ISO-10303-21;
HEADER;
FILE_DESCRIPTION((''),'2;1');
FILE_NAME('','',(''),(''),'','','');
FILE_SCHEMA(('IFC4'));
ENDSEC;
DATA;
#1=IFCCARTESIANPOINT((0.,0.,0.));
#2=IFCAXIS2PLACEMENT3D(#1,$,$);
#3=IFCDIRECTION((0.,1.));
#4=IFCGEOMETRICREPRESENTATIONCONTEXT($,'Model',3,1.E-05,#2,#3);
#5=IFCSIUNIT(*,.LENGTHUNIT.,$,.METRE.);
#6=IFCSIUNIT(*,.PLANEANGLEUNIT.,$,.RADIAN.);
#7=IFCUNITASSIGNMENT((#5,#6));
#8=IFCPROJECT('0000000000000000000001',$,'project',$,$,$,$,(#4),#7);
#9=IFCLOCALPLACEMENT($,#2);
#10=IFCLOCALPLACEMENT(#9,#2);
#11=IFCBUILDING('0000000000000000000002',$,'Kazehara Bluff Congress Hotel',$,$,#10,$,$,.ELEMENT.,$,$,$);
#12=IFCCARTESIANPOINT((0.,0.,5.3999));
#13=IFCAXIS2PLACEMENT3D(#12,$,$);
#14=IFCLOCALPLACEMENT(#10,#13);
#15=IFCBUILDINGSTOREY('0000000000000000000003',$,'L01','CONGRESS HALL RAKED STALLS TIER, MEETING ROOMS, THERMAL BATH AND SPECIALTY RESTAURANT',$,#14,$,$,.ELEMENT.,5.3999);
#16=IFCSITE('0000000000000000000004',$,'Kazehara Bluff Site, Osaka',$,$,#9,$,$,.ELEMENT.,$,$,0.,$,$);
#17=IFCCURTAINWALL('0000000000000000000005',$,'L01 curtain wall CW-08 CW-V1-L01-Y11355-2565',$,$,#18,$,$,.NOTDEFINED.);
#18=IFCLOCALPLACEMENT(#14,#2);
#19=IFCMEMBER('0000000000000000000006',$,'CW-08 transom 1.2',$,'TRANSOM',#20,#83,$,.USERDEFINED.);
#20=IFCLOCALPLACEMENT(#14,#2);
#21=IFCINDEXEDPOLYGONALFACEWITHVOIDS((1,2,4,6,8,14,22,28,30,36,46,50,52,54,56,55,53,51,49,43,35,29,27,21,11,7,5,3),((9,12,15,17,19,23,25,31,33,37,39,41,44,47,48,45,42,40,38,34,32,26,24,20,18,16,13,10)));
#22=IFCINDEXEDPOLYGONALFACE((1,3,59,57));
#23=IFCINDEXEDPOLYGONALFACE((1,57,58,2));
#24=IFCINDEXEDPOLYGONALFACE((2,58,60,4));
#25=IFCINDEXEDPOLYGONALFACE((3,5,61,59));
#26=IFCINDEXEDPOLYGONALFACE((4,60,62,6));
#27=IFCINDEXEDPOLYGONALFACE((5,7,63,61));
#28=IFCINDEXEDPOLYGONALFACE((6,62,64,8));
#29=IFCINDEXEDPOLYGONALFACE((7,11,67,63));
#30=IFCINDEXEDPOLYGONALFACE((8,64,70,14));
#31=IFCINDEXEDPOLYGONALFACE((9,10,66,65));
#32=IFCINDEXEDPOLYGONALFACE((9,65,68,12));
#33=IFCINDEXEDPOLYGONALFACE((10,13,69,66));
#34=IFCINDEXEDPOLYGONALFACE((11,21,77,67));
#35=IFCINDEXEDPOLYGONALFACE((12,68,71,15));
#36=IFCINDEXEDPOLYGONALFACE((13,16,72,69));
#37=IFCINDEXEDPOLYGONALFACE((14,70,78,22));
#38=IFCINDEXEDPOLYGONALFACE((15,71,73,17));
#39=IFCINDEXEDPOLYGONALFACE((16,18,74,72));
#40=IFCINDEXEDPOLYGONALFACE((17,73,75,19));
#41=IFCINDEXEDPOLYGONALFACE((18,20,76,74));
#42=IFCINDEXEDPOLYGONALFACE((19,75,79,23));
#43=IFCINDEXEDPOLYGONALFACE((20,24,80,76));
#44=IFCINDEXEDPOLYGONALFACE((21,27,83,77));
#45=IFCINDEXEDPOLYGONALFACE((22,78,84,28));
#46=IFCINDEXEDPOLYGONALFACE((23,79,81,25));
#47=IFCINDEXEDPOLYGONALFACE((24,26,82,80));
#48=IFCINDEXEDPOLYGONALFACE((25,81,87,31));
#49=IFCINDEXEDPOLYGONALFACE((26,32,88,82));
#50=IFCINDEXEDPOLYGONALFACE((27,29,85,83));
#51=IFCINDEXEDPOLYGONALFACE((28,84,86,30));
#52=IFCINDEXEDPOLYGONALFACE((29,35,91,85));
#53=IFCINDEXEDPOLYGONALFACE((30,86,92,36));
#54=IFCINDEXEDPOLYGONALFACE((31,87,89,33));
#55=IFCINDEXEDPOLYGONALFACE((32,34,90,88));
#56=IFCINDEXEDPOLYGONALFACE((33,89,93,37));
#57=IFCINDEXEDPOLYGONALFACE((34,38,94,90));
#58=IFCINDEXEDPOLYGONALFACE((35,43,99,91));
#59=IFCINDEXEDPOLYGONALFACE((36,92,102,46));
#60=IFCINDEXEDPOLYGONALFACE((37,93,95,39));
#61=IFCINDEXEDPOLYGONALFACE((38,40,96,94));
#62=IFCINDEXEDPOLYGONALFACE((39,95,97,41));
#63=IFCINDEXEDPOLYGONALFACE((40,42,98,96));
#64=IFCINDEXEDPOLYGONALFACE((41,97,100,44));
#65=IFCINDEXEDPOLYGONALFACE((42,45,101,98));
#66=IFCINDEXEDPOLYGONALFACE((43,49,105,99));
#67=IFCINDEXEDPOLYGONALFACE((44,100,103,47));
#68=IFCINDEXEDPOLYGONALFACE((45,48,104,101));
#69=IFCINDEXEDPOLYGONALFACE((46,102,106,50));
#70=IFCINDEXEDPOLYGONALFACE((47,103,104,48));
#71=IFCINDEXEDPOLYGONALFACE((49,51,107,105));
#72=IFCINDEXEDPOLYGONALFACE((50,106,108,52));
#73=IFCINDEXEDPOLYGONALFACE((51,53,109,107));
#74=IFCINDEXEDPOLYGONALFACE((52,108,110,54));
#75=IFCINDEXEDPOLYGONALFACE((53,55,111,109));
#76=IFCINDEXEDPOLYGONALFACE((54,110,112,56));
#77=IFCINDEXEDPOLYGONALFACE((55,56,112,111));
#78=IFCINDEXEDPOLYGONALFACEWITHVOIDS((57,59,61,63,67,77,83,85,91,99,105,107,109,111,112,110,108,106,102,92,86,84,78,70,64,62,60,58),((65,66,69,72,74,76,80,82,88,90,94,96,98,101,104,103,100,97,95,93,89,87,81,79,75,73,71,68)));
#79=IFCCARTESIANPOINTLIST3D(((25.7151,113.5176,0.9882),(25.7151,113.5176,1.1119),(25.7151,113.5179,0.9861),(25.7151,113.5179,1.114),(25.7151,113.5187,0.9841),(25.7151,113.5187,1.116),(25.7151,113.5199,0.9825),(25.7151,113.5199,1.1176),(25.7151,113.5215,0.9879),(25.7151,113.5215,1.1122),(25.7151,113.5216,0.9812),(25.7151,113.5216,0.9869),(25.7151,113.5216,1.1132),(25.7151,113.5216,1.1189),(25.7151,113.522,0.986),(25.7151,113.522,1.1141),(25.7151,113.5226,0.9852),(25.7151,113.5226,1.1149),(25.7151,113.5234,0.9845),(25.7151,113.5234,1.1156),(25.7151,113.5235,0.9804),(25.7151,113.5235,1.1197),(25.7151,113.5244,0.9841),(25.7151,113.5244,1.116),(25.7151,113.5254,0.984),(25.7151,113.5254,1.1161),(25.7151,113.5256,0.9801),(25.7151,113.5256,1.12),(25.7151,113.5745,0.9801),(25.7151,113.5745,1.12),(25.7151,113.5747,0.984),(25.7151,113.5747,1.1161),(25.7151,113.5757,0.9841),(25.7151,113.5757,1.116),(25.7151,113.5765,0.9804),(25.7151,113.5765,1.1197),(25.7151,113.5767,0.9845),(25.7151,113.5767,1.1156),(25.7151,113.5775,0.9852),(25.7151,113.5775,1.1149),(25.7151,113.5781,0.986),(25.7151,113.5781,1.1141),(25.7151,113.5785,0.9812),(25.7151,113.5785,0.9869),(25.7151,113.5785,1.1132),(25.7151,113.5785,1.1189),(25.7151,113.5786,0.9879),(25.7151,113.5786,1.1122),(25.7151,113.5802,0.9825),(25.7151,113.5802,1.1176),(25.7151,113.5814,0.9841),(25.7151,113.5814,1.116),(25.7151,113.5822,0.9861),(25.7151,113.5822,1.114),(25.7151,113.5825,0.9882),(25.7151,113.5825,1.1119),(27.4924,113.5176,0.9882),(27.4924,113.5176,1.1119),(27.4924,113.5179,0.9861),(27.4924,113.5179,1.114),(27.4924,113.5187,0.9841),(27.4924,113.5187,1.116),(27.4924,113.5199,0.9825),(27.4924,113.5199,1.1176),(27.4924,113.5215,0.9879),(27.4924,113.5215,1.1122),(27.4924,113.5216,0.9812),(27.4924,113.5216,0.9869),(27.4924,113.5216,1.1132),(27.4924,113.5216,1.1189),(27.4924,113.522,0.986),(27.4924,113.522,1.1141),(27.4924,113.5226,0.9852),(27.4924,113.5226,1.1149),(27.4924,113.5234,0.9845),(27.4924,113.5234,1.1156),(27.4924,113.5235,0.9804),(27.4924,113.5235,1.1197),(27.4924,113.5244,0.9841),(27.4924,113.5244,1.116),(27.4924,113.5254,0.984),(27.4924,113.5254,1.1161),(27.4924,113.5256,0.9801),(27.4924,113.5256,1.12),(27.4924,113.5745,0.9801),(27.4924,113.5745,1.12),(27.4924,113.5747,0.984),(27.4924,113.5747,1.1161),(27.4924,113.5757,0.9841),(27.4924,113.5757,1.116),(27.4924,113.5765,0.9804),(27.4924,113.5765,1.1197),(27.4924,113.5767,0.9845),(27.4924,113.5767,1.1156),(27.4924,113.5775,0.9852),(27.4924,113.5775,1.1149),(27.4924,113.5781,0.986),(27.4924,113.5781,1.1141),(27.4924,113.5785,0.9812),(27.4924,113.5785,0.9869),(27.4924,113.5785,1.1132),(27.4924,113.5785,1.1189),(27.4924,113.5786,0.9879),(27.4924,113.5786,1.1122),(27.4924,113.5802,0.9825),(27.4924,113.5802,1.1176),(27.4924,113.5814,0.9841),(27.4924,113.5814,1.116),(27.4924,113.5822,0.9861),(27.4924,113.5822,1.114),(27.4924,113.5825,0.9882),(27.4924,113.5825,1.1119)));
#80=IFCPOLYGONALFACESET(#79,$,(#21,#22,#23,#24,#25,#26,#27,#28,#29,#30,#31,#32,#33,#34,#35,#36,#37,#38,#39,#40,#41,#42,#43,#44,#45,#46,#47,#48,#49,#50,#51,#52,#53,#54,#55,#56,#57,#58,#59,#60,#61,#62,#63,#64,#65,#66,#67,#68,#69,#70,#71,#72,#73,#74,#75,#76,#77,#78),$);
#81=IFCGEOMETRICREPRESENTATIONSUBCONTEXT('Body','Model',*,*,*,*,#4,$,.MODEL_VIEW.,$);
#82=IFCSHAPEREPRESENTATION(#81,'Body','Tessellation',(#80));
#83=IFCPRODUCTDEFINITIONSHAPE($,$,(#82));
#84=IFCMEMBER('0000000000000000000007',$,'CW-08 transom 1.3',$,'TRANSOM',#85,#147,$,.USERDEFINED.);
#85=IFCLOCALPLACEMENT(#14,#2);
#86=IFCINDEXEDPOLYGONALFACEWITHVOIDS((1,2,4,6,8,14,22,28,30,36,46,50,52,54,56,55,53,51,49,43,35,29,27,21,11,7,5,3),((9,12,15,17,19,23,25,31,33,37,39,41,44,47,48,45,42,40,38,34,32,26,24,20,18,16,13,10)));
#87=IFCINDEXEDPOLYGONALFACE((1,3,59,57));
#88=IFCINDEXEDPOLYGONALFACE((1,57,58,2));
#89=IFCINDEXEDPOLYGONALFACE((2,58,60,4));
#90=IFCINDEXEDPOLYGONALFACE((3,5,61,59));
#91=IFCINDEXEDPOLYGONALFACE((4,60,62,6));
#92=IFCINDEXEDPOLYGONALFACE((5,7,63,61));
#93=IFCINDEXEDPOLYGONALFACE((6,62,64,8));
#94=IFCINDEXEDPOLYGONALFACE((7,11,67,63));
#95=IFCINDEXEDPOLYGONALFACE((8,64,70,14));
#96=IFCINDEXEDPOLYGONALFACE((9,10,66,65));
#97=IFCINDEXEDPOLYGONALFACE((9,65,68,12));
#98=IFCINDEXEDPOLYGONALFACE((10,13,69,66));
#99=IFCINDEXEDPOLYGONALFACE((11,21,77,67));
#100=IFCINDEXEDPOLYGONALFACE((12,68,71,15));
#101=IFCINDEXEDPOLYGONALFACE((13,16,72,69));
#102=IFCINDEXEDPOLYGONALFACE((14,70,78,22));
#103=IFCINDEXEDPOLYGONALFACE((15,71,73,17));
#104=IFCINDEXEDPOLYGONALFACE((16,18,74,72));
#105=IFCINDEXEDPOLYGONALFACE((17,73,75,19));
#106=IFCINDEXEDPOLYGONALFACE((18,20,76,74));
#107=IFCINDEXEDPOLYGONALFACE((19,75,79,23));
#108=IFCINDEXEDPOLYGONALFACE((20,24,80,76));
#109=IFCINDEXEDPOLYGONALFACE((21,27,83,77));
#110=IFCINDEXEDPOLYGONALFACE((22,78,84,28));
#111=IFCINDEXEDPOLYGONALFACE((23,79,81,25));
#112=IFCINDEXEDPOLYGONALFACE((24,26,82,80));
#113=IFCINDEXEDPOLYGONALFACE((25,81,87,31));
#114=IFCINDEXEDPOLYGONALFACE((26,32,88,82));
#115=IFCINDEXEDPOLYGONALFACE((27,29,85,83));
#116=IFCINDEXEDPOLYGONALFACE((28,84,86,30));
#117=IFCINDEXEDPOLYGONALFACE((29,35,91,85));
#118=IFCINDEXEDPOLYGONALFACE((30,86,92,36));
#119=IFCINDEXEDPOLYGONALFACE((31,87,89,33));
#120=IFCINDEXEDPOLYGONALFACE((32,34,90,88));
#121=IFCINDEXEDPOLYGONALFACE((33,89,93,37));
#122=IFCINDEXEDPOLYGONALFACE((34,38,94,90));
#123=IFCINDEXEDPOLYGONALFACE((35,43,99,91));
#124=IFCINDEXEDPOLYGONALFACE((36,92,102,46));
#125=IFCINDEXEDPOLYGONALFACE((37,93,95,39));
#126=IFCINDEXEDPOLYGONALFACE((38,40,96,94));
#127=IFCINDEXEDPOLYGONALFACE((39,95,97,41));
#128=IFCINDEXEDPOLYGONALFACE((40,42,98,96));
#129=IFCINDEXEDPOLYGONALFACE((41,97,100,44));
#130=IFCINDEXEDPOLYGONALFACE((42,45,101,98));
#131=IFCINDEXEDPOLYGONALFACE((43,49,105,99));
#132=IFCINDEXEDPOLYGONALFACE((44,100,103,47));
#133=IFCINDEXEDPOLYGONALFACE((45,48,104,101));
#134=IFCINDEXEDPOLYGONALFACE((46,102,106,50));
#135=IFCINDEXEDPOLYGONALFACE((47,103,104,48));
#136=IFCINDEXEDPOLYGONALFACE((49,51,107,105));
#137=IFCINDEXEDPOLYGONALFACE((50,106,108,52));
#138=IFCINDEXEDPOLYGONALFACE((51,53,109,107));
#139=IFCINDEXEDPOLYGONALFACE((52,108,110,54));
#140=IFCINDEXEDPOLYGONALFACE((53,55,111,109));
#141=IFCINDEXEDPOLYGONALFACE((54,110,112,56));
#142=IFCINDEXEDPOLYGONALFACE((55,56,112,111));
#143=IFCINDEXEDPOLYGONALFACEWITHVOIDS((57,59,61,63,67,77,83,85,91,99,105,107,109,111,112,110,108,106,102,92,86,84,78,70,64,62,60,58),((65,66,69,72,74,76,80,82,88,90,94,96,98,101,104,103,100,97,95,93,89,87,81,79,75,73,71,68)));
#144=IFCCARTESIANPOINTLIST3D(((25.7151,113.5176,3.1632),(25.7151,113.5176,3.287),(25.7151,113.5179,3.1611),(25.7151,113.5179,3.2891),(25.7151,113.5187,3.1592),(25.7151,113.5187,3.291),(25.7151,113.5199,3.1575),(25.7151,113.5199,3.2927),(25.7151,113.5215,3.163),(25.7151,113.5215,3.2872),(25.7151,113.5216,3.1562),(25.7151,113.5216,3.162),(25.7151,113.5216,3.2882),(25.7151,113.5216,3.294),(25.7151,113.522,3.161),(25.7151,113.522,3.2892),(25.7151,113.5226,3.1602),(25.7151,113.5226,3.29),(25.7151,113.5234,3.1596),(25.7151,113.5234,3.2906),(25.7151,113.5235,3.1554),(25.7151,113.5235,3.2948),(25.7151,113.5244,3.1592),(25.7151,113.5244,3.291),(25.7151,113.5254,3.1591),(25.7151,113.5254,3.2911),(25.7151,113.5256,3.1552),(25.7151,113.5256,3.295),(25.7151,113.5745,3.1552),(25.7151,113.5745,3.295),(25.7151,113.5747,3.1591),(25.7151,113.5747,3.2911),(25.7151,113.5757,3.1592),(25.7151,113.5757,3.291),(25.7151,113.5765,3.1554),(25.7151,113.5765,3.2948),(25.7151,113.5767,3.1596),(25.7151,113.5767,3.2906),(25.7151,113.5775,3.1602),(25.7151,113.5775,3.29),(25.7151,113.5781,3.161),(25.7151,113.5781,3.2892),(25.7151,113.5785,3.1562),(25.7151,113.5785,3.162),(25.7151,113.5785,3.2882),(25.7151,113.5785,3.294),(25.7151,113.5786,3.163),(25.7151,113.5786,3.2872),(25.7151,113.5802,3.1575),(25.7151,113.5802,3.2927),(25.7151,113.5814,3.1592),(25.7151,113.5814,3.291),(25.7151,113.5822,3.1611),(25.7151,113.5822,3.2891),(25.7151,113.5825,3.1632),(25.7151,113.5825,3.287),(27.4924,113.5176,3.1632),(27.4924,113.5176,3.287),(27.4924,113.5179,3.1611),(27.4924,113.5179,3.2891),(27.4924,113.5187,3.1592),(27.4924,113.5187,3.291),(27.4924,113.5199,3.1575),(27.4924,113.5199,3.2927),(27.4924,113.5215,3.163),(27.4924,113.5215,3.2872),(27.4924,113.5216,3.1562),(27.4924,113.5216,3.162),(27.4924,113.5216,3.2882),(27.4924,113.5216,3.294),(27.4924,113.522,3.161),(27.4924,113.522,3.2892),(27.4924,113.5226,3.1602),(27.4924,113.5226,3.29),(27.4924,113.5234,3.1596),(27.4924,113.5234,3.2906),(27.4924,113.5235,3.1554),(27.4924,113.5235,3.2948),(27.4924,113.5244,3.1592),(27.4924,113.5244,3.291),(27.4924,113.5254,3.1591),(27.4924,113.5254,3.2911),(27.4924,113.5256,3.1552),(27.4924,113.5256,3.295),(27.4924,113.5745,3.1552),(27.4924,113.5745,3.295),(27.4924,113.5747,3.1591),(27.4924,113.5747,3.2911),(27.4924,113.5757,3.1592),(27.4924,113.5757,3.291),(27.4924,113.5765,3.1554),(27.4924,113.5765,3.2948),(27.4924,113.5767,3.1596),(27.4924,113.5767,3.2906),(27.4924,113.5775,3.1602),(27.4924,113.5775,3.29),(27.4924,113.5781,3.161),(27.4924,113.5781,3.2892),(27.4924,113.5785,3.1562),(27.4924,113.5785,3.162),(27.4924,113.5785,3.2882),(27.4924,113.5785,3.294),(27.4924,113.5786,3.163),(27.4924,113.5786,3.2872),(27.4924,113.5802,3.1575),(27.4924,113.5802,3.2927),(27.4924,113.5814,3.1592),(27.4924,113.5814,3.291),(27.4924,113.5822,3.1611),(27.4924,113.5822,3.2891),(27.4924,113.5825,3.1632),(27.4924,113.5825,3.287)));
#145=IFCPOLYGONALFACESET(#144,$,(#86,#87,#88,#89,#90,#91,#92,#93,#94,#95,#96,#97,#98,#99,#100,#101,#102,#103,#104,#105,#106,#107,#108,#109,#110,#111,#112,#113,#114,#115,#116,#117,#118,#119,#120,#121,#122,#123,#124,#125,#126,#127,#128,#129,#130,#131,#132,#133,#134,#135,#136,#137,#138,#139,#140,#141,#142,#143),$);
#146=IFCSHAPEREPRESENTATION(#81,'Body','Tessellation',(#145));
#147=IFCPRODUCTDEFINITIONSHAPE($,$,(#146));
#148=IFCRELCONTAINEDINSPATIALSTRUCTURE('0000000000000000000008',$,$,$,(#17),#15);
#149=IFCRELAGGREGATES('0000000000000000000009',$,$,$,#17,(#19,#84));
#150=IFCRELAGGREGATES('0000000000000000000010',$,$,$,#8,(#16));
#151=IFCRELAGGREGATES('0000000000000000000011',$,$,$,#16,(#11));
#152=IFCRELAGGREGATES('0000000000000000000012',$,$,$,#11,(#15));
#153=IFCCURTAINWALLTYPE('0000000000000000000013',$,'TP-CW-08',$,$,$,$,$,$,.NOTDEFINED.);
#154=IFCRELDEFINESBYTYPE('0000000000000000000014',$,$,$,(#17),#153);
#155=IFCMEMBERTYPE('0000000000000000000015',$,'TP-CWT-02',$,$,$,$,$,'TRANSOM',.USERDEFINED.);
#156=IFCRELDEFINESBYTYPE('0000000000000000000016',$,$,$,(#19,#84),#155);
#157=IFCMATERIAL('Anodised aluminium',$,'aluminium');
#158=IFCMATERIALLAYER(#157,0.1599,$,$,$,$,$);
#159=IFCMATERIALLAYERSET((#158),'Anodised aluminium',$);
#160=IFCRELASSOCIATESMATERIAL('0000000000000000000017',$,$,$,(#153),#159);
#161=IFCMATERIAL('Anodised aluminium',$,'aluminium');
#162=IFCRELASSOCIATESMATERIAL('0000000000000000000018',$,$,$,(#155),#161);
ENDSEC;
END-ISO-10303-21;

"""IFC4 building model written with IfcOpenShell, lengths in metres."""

from ifc_helpers import new_model, si_unit, direction, frame, origin, origin_2d, place, context, subcontext, project, spatial, hollow_rectangle, extrude, material, layer, layer_set, material_profile, profile_set, type_object, element, aggregate, save


model = new_model("IFC4")

# Units and contexts
model_context = context("Model", 3, precision=1e-05, world=origin(), true_north=direction((0.0, 1.0)))
body_context = subcontext(model_context, "Body", "Model", "MODEL_VIEW")
ifc_project = project(units=[si_unit("LENGTHUNIT", "METRE"), si_unit("PLANEANGLEUNIT", "RADIAN")], contexts=[model_context])

# Site, building, storey
site_placement = place(None, origin())
site = spatial("IfcSite", under=ifc_project, at=site_placement, Name="Kazehara Bluff Site, Osaka", CompositionType="ELEMENT", RefElevation=0.0)
building_placement = place(site_placement, origin())
building = spatial("IfcBuilding", under=site, at=building_placement, Name="Kazehara Bluff Congress Hotel", CompositionType="ELEMENT")
storey_placement = place(building_placement, frame((0.0, 0.0, 5.3999)))
storey = spatial("IfcBuildingStorey", under=building, at=storey_placement, Name="L01", Description="CONGRESS HALL RAKED STALLS TIER, MEETING ROOMS, THERMAL BATH AND SPECIALTY RESTAURANT", CompositionType="ELEMENT", Elevation=5.3999)

# Curtain wall
ifc_material_1 = material(Name="Anodised aluminium", Category="aluminium")
ifc_layer_1 = layer(ifc_material_1, 0.1599)
ifc_layer_set_1 = layer_set([ifc_layer_1], Name="Anodised aluminium")
curtain_wall_type_1 = type_object("IfcCurtainWallType", Name="TP-CW-08", PredefinedType="NOTDEFINED", material=ifc_layer_set_1)
curtain_wall_1_placement = place(storey_placement, origin())
curtain_wall_1 = element("IfcCurtainWall", 1, at=curtain_wall_1_placement, inside=storey, type_object=curtain_wall_type_1, Name="L01 curtain wall CW-08 CW-V1-L01-Y11355-2565", PredefinedType="NOTDEFINED")

# Members
ifc_material_2 = material(Name="Anodised aluminium", Category="aluminium")
ifc_material_profile_1 = material_profile(ifc_material_2, hollow_rectangle(XDim=0.0649, YDim=0.1399, WallThickness=0.0039, InnerFilletRadius=0.0039, OuterFilletRadius=0.0081, at=origin_2d()))
ifc_profile_set_1 = profile_set([ifc_material_profile_1], Name="Anodised aluminium")
member_type_1 = type_object("IfcMemberType", Name="TP-CWT-02", ElementType="TRANSOM", PredefinedType="USERDEFINED", material=ifc_profile_set_1)
member_1_placement = place(storey_placement, frame((25.7151, 113.55, 1.05), z_axis=(1.0, 0.0, 0.0), x_axis=(0.0, 1.0, 0.0)))
member_1 = element("IfcMember", 2, at=member_1_placement, type_object=member_type_1, Name="CW-08 transom 1.2", ObjectType="TRANSOM", PredefinedType="USERDEFINED", context=body_context, shape_type="SweptSolid", body=[
    extrude(hollow_rectangle(XDim=0.0649, YDim=0.1399, WallThickness=0.0039, InnerFilletRadius=0.0039, OuterFilletRadius=0.0081, at=origin_2d()), origin(), (0.0, 0.0, 1.0), 1.7773),
])
member_2_placement = place(storey_placement, frame((25.7151, 113.55, 3.2251), z_axis=(1.0, 0.0, 0.0), x_axis=(0.0, 1.0, 0.0)))
member_2 = element("IfcMember", 3, at=member_2_placement, type_object=member_type_1, Name="CW-08 transom 1.3", ObjectType="TRANSOM", PredefinedType="USERDEFINED", context=body_context, shape_type="SweptSolid", body=[
    extrude(hollow_rectangle(XDim=0.0649, YDim=0.1399, WallThickness=0.0039, InnerFilletRadius=0.0039, OuterFilletRadius=0.0081, at=origin_2d()), origin(), (0.0, 0.0, 1.0), 1.7773),
])

aggregate(curtain_wall_1, [member_1, member_2])

save(model, "model.ifc")
